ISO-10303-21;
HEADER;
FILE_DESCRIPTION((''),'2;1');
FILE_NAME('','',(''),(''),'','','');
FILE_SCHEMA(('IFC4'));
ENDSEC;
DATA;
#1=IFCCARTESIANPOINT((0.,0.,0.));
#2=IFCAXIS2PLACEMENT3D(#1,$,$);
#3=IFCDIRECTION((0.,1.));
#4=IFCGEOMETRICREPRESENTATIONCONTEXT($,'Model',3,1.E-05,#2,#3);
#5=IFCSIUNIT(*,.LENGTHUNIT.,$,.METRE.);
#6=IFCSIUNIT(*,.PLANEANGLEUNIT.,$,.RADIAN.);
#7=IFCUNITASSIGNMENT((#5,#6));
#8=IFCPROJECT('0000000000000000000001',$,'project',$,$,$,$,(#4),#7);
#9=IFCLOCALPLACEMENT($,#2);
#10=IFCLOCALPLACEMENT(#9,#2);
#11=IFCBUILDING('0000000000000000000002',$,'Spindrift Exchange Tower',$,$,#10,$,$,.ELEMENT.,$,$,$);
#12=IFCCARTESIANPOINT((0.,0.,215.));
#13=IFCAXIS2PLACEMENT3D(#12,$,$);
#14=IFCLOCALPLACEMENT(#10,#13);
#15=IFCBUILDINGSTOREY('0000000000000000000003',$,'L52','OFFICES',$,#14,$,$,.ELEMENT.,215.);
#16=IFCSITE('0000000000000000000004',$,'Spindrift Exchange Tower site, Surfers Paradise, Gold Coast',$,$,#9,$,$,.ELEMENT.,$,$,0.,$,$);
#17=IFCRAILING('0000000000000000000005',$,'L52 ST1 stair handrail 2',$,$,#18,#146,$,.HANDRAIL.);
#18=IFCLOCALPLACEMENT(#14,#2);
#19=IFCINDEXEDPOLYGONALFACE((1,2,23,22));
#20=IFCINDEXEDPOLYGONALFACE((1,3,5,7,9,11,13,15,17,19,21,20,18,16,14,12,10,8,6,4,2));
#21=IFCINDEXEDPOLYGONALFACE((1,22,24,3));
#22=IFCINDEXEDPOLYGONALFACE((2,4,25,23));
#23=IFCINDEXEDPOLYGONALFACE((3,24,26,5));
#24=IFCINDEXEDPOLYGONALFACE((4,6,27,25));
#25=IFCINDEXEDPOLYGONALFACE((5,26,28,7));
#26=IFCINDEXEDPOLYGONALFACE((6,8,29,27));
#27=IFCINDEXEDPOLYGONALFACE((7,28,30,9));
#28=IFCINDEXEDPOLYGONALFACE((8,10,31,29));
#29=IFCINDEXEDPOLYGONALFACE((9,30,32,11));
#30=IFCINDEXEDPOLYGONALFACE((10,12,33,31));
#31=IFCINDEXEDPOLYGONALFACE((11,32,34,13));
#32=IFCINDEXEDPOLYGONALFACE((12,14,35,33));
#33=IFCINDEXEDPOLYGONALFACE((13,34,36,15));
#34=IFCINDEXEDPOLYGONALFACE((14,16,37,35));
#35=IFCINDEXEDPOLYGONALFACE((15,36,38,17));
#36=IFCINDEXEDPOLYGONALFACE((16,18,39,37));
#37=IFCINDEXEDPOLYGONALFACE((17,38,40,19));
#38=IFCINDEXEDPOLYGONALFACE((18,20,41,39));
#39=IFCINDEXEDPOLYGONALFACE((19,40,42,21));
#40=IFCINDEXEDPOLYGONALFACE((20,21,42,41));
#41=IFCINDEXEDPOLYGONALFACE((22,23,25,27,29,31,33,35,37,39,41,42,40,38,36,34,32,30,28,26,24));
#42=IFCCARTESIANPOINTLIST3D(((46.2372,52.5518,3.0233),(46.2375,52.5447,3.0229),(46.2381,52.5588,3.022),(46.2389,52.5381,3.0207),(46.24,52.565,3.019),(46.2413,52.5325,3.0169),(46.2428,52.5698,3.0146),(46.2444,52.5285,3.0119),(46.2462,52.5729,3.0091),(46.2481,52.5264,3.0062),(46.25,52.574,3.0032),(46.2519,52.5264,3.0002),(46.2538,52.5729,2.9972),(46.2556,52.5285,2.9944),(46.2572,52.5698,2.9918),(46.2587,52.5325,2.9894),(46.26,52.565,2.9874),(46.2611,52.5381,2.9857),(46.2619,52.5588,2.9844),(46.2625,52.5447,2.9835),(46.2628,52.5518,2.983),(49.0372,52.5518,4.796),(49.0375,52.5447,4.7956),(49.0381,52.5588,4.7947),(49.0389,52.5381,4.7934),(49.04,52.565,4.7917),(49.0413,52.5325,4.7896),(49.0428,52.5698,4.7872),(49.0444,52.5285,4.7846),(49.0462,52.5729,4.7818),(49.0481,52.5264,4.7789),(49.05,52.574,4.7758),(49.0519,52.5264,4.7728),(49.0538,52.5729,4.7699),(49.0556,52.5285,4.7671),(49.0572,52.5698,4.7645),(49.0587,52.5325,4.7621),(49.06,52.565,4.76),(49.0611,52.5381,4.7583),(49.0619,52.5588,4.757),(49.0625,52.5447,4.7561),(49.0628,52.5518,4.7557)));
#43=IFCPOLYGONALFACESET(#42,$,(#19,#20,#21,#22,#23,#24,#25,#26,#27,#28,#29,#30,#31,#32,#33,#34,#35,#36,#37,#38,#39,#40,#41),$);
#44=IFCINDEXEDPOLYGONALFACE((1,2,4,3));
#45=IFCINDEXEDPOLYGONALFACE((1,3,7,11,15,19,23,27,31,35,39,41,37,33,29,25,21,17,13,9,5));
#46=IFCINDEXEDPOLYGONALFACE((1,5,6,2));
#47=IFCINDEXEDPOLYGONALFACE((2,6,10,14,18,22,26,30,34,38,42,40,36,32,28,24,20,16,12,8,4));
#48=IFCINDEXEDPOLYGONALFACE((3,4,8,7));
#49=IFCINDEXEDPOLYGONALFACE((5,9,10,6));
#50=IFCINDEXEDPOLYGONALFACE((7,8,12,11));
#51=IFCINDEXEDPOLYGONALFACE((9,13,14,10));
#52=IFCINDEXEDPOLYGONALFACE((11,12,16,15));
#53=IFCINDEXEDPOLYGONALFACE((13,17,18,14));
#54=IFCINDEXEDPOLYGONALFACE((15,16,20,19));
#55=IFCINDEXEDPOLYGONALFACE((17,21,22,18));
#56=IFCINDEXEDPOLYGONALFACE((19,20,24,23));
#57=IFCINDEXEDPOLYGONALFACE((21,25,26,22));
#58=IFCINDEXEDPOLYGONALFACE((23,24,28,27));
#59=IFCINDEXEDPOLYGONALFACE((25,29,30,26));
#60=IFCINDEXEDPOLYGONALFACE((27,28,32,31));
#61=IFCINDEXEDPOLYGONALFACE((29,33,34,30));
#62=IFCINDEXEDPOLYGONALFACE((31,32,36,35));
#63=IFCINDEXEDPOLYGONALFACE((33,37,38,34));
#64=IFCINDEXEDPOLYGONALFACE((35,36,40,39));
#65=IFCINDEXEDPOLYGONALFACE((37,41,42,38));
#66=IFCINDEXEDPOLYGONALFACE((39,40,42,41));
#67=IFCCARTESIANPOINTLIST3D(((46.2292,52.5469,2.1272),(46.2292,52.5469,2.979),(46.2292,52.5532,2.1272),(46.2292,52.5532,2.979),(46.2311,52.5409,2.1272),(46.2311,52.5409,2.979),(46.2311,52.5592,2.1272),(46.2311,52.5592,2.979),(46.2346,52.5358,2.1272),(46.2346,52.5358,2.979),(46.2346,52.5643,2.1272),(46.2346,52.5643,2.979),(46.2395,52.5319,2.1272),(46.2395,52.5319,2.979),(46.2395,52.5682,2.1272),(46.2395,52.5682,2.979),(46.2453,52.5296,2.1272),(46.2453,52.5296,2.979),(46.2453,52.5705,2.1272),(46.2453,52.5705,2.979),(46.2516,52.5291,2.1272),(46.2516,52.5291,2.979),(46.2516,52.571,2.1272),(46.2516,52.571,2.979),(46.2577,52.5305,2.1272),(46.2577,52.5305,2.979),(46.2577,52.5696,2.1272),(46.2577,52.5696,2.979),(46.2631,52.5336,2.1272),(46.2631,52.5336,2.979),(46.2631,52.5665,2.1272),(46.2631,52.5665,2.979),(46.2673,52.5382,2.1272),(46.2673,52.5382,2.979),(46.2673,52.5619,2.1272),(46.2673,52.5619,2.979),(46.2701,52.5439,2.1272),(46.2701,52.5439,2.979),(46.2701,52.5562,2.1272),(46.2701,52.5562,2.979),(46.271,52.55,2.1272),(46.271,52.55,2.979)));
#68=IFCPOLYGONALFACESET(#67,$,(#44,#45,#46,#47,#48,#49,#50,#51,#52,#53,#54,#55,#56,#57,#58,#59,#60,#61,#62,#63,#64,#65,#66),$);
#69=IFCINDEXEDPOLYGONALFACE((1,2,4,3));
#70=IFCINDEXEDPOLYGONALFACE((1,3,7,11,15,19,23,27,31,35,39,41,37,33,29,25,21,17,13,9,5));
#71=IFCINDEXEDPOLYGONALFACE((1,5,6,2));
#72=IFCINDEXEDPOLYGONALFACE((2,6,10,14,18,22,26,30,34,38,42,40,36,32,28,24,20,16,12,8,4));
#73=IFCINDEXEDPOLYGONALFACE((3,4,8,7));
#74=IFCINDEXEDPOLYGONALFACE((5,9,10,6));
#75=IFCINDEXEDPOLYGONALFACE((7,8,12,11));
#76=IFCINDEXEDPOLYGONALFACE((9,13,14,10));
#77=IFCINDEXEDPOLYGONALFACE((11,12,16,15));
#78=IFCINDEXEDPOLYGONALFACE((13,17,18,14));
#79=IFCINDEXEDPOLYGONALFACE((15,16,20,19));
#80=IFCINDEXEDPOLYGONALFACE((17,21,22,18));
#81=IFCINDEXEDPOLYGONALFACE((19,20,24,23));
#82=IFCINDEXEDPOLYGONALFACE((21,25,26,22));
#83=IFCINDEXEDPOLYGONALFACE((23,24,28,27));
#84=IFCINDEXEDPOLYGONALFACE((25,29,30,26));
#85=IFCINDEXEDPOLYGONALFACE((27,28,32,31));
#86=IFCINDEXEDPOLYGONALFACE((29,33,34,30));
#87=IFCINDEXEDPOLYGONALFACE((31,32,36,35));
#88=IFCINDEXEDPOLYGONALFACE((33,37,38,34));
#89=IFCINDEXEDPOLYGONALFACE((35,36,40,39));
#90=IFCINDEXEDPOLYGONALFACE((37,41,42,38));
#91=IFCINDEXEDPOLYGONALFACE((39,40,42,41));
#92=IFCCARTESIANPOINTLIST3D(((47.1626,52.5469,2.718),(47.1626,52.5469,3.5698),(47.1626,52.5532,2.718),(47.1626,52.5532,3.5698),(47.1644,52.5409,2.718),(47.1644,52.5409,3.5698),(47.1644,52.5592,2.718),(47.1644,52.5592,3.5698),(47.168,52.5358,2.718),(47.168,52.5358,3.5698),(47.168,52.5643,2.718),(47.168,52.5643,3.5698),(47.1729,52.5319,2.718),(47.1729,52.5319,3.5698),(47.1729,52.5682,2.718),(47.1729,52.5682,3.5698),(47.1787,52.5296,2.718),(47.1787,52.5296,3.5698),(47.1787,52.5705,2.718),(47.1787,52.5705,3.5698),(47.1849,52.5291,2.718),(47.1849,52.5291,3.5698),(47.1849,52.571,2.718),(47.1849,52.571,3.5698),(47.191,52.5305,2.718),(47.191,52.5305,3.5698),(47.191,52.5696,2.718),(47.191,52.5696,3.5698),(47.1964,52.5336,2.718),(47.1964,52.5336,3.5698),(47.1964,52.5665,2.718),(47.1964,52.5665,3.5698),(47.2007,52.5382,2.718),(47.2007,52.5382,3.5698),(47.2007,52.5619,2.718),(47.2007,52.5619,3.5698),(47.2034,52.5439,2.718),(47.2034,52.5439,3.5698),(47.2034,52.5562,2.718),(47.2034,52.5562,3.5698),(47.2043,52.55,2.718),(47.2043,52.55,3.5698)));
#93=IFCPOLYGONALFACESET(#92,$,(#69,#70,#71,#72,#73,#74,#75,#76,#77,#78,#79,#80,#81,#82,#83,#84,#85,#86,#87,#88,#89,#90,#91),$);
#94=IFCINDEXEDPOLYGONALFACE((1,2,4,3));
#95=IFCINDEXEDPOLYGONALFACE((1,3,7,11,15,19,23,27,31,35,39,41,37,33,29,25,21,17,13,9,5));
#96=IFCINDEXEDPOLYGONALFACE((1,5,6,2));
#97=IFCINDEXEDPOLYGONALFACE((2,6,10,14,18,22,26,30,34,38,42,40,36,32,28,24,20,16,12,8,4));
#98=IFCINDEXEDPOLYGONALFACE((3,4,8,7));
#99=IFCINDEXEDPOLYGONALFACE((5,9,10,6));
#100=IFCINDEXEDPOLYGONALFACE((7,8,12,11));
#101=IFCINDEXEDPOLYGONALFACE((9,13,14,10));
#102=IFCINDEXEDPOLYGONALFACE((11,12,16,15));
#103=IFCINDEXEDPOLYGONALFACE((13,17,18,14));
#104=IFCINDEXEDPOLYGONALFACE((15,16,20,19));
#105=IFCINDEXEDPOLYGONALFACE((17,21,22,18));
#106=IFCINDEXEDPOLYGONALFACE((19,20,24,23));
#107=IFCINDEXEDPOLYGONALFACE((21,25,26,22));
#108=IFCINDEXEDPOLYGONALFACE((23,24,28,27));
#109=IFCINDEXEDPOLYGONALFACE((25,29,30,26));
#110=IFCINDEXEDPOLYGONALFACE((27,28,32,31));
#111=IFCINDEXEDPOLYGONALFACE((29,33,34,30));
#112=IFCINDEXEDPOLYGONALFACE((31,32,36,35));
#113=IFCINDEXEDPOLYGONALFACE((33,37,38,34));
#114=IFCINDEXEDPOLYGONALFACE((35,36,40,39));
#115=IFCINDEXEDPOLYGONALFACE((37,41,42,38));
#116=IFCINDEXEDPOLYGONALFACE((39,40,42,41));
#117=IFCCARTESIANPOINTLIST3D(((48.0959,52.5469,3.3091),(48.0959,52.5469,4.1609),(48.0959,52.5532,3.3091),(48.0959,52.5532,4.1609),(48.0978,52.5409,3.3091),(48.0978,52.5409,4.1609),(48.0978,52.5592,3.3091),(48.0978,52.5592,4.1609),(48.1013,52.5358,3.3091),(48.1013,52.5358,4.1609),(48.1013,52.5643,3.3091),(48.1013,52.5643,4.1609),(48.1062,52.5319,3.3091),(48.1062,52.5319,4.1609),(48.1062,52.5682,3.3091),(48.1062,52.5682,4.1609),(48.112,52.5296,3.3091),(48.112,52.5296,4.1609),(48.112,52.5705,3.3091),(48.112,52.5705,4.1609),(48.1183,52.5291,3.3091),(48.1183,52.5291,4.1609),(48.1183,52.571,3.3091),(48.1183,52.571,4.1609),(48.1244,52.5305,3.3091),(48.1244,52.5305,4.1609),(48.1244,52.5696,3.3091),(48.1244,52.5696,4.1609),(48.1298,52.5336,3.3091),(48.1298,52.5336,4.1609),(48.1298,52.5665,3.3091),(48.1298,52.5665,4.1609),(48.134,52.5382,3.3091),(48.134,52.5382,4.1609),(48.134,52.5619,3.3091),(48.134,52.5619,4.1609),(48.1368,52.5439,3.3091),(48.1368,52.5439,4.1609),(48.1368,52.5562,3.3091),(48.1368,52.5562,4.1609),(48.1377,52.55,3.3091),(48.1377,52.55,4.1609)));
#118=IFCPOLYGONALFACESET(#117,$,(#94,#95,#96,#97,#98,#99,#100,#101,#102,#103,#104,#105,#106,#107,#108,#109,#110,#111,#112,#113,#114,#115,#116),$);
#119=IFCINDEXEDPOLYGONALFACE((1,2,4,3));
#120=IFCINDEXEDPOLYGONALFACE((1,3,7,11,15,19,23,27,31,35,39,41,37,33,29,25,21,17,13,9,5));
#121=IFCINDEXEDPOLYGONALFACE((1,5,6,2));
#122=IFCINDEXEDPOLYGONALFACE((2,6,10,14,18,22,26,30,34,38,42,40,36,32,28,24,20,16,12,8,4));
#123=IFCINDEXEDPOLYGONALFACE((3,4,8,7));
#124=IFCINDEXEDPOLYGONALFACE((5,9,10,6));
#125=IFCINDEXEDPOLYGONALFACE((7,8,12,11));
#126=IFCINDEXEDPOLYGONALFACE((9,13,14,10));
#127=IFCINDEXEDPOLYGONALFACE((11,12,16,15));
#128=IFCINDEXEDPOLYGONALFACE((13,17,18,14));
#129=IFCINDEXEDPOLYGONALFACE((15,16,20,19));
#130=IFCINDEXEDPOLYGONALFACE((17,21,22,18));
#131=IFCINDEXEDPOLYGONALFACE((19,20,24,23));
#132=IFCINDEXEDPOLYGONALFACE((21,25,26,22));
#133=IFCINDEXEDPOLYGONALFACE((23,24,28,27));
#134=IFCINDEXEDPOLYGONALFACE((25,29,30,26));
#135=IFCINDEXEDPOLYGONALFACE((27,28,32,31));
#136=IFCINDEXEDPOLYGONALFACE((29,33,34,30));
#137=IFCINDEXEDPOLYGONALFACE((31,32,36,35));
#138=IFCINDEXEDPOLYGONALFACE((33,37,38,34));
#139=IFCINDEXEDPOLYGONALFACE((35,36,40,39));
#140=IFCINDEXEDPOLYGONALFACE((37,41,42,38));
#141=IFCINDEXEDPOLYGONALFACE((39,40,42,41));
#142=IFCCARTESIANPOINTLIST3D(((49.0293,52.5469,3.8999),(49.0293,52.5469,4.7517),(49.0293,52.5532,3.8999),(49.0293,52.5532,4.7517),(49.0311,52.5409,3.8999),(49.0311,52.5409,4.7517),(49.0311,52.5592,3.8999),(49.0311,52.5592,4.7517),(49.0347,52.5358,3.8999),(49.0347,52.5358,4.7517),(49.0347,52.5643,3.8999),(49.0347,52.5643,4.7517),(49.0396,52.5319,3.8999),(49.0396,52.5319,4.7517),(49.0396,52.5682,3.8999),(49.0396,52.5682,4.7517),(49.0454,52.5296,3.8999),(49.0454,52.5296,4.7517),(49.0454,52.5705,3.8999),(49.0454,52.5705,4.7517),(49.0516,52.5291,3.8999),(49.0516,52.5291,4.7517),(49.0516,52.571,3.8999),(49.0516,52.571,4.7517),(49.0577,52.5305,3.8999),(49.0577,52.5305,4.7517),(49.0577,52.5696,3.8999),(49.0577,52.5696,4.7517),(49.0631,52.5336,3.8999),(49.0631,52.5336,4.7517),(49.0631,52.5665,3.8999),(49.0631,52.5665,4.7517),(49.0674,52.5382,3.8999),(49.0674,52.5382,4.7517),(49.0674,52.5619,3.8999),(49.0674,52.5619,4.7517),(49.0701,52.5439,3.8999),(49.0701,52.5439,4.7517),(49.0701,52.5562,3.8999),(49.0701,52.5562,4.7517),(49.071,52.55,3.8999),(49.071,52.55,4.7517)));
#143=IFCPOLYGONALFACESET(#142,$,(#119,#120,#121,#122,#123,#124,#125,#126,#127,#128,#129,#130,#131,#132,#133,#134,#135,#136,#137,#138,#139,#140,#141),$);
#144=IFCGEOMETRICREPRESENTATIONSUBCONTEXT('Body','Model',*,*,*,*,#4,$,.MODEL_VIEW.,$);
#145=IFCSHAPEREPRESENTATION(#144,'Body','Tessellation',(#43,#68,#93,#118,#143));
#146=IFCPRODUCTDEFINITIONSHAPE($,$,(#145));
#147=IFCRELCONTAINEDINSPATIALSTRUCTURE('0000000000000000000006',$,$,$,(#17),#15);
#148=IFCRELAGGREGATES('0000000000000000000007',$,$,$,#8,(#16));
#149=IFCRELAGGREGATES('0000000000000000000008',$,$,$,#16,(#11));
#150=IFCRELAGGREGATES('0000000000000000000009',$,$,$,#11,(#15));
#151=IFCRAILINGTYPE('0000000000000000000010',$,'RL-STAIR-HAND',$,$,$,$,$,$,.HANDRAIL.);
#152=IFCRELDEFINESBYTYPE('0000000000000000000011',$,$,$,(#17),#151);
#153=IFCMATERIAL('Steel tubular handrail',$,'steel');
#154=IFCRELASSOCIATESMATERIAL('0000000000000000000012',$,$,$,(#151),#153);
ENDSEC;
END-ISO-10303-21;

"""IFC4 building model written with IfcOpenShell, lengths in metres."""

from ifc_helpers import new_model, si_unit, direction, frame, origin, origin_2d, place, context, subcontext, project, spatial, circle, extrude, material, type_object, element, save


model = new_model("IFC4")

# Units and contexts
model_context = context("Model", 3, precision=1e-05, world=origin(), true_north=direction((0.0, 1.0)))
body_context = subcontext(model_context, "Body", "Model", "MODEL_VIEW")
ifc_project = project(units=[si_unit("LENGTHUNIT", "METRE"), si_unit("PLANEANGLEUNIT", "RADIAN")], contexts=[model_context])

# Site, building, storey
site_placement = place(None, origin())
site = spatial("IfcSite", under=ifc_project, at=site_placement, Name="Spindrift Exchange Tower site, Surfers Paradise, Gold Coast", CompositionType="ELEMENT", RefElevation=0.0)
building_placement = place(site_placement, origin())
building = spatial("IfcBuilding", under=site, at=building_placement, Name="Spindrift Exchange Tower", CompositionType="ELEMENT")
storey_placement = place(building_placement, frame((0.0, 0.0, 215.0)))
storey = spatial("IfcBuildingStorey", under=building, at=storey_placement, Name="L52", Description="OFFICES", CompositionType="ELEMENT", Elevation=215.0)

# Railing
ifc_material_1 = material(Name="Steel tubular handrail", Category="steel")
railing_type_1 = type_object("IfcRailingType", Name="RL-STAIR-HAND", PredefinedType="HANDRAIL", material=ifc_material_1)
railing_1_placement = place(storey_placement, frame((46.25, 52.55, 2.1272)))
element("IfcRailing", 1, at=railing_1_placement, inside=storey, type_object=railing_type_1, Name="L52 ST1 stair handrail 2", PredefinedType="HANDRAIL", context=body_context, shape_type="SweptSolid", body=[
    extrude(circle(Radius=0.0239, at=origin_2d()), frame((0.0, 0.0, 0.876), z_axis=(0.844909, 0.0, 0.53491), x_axis=(0.0, 1.0, 0.0)), (0.0, 0.0, 1.0), 3.314),
    extrude(circle(Radius=0.021, at=origin_2d()), origin(), (0.0, 0.0, 1.0), 0.8518),
    extrude(circle(Radius=0.021, at=origin_2d()), frame((0.9333, 0.0, 0.5908)), (0.0, 0.0, 1.0), 0.8518),
    extrude(circle(Radius=0.021, at=origin_2d()), frame((1.8667, 0.0, 1.1819)), (0.0, 0.0, 1.0), 0.8518),
    extrude(circle(Radius=0.021, at=origin_2d()), frame((2.8, 0.0, 1.7727)), (0.0, 0.0, 1.0), 0.8518),
])

save(model, "model.ifc")
